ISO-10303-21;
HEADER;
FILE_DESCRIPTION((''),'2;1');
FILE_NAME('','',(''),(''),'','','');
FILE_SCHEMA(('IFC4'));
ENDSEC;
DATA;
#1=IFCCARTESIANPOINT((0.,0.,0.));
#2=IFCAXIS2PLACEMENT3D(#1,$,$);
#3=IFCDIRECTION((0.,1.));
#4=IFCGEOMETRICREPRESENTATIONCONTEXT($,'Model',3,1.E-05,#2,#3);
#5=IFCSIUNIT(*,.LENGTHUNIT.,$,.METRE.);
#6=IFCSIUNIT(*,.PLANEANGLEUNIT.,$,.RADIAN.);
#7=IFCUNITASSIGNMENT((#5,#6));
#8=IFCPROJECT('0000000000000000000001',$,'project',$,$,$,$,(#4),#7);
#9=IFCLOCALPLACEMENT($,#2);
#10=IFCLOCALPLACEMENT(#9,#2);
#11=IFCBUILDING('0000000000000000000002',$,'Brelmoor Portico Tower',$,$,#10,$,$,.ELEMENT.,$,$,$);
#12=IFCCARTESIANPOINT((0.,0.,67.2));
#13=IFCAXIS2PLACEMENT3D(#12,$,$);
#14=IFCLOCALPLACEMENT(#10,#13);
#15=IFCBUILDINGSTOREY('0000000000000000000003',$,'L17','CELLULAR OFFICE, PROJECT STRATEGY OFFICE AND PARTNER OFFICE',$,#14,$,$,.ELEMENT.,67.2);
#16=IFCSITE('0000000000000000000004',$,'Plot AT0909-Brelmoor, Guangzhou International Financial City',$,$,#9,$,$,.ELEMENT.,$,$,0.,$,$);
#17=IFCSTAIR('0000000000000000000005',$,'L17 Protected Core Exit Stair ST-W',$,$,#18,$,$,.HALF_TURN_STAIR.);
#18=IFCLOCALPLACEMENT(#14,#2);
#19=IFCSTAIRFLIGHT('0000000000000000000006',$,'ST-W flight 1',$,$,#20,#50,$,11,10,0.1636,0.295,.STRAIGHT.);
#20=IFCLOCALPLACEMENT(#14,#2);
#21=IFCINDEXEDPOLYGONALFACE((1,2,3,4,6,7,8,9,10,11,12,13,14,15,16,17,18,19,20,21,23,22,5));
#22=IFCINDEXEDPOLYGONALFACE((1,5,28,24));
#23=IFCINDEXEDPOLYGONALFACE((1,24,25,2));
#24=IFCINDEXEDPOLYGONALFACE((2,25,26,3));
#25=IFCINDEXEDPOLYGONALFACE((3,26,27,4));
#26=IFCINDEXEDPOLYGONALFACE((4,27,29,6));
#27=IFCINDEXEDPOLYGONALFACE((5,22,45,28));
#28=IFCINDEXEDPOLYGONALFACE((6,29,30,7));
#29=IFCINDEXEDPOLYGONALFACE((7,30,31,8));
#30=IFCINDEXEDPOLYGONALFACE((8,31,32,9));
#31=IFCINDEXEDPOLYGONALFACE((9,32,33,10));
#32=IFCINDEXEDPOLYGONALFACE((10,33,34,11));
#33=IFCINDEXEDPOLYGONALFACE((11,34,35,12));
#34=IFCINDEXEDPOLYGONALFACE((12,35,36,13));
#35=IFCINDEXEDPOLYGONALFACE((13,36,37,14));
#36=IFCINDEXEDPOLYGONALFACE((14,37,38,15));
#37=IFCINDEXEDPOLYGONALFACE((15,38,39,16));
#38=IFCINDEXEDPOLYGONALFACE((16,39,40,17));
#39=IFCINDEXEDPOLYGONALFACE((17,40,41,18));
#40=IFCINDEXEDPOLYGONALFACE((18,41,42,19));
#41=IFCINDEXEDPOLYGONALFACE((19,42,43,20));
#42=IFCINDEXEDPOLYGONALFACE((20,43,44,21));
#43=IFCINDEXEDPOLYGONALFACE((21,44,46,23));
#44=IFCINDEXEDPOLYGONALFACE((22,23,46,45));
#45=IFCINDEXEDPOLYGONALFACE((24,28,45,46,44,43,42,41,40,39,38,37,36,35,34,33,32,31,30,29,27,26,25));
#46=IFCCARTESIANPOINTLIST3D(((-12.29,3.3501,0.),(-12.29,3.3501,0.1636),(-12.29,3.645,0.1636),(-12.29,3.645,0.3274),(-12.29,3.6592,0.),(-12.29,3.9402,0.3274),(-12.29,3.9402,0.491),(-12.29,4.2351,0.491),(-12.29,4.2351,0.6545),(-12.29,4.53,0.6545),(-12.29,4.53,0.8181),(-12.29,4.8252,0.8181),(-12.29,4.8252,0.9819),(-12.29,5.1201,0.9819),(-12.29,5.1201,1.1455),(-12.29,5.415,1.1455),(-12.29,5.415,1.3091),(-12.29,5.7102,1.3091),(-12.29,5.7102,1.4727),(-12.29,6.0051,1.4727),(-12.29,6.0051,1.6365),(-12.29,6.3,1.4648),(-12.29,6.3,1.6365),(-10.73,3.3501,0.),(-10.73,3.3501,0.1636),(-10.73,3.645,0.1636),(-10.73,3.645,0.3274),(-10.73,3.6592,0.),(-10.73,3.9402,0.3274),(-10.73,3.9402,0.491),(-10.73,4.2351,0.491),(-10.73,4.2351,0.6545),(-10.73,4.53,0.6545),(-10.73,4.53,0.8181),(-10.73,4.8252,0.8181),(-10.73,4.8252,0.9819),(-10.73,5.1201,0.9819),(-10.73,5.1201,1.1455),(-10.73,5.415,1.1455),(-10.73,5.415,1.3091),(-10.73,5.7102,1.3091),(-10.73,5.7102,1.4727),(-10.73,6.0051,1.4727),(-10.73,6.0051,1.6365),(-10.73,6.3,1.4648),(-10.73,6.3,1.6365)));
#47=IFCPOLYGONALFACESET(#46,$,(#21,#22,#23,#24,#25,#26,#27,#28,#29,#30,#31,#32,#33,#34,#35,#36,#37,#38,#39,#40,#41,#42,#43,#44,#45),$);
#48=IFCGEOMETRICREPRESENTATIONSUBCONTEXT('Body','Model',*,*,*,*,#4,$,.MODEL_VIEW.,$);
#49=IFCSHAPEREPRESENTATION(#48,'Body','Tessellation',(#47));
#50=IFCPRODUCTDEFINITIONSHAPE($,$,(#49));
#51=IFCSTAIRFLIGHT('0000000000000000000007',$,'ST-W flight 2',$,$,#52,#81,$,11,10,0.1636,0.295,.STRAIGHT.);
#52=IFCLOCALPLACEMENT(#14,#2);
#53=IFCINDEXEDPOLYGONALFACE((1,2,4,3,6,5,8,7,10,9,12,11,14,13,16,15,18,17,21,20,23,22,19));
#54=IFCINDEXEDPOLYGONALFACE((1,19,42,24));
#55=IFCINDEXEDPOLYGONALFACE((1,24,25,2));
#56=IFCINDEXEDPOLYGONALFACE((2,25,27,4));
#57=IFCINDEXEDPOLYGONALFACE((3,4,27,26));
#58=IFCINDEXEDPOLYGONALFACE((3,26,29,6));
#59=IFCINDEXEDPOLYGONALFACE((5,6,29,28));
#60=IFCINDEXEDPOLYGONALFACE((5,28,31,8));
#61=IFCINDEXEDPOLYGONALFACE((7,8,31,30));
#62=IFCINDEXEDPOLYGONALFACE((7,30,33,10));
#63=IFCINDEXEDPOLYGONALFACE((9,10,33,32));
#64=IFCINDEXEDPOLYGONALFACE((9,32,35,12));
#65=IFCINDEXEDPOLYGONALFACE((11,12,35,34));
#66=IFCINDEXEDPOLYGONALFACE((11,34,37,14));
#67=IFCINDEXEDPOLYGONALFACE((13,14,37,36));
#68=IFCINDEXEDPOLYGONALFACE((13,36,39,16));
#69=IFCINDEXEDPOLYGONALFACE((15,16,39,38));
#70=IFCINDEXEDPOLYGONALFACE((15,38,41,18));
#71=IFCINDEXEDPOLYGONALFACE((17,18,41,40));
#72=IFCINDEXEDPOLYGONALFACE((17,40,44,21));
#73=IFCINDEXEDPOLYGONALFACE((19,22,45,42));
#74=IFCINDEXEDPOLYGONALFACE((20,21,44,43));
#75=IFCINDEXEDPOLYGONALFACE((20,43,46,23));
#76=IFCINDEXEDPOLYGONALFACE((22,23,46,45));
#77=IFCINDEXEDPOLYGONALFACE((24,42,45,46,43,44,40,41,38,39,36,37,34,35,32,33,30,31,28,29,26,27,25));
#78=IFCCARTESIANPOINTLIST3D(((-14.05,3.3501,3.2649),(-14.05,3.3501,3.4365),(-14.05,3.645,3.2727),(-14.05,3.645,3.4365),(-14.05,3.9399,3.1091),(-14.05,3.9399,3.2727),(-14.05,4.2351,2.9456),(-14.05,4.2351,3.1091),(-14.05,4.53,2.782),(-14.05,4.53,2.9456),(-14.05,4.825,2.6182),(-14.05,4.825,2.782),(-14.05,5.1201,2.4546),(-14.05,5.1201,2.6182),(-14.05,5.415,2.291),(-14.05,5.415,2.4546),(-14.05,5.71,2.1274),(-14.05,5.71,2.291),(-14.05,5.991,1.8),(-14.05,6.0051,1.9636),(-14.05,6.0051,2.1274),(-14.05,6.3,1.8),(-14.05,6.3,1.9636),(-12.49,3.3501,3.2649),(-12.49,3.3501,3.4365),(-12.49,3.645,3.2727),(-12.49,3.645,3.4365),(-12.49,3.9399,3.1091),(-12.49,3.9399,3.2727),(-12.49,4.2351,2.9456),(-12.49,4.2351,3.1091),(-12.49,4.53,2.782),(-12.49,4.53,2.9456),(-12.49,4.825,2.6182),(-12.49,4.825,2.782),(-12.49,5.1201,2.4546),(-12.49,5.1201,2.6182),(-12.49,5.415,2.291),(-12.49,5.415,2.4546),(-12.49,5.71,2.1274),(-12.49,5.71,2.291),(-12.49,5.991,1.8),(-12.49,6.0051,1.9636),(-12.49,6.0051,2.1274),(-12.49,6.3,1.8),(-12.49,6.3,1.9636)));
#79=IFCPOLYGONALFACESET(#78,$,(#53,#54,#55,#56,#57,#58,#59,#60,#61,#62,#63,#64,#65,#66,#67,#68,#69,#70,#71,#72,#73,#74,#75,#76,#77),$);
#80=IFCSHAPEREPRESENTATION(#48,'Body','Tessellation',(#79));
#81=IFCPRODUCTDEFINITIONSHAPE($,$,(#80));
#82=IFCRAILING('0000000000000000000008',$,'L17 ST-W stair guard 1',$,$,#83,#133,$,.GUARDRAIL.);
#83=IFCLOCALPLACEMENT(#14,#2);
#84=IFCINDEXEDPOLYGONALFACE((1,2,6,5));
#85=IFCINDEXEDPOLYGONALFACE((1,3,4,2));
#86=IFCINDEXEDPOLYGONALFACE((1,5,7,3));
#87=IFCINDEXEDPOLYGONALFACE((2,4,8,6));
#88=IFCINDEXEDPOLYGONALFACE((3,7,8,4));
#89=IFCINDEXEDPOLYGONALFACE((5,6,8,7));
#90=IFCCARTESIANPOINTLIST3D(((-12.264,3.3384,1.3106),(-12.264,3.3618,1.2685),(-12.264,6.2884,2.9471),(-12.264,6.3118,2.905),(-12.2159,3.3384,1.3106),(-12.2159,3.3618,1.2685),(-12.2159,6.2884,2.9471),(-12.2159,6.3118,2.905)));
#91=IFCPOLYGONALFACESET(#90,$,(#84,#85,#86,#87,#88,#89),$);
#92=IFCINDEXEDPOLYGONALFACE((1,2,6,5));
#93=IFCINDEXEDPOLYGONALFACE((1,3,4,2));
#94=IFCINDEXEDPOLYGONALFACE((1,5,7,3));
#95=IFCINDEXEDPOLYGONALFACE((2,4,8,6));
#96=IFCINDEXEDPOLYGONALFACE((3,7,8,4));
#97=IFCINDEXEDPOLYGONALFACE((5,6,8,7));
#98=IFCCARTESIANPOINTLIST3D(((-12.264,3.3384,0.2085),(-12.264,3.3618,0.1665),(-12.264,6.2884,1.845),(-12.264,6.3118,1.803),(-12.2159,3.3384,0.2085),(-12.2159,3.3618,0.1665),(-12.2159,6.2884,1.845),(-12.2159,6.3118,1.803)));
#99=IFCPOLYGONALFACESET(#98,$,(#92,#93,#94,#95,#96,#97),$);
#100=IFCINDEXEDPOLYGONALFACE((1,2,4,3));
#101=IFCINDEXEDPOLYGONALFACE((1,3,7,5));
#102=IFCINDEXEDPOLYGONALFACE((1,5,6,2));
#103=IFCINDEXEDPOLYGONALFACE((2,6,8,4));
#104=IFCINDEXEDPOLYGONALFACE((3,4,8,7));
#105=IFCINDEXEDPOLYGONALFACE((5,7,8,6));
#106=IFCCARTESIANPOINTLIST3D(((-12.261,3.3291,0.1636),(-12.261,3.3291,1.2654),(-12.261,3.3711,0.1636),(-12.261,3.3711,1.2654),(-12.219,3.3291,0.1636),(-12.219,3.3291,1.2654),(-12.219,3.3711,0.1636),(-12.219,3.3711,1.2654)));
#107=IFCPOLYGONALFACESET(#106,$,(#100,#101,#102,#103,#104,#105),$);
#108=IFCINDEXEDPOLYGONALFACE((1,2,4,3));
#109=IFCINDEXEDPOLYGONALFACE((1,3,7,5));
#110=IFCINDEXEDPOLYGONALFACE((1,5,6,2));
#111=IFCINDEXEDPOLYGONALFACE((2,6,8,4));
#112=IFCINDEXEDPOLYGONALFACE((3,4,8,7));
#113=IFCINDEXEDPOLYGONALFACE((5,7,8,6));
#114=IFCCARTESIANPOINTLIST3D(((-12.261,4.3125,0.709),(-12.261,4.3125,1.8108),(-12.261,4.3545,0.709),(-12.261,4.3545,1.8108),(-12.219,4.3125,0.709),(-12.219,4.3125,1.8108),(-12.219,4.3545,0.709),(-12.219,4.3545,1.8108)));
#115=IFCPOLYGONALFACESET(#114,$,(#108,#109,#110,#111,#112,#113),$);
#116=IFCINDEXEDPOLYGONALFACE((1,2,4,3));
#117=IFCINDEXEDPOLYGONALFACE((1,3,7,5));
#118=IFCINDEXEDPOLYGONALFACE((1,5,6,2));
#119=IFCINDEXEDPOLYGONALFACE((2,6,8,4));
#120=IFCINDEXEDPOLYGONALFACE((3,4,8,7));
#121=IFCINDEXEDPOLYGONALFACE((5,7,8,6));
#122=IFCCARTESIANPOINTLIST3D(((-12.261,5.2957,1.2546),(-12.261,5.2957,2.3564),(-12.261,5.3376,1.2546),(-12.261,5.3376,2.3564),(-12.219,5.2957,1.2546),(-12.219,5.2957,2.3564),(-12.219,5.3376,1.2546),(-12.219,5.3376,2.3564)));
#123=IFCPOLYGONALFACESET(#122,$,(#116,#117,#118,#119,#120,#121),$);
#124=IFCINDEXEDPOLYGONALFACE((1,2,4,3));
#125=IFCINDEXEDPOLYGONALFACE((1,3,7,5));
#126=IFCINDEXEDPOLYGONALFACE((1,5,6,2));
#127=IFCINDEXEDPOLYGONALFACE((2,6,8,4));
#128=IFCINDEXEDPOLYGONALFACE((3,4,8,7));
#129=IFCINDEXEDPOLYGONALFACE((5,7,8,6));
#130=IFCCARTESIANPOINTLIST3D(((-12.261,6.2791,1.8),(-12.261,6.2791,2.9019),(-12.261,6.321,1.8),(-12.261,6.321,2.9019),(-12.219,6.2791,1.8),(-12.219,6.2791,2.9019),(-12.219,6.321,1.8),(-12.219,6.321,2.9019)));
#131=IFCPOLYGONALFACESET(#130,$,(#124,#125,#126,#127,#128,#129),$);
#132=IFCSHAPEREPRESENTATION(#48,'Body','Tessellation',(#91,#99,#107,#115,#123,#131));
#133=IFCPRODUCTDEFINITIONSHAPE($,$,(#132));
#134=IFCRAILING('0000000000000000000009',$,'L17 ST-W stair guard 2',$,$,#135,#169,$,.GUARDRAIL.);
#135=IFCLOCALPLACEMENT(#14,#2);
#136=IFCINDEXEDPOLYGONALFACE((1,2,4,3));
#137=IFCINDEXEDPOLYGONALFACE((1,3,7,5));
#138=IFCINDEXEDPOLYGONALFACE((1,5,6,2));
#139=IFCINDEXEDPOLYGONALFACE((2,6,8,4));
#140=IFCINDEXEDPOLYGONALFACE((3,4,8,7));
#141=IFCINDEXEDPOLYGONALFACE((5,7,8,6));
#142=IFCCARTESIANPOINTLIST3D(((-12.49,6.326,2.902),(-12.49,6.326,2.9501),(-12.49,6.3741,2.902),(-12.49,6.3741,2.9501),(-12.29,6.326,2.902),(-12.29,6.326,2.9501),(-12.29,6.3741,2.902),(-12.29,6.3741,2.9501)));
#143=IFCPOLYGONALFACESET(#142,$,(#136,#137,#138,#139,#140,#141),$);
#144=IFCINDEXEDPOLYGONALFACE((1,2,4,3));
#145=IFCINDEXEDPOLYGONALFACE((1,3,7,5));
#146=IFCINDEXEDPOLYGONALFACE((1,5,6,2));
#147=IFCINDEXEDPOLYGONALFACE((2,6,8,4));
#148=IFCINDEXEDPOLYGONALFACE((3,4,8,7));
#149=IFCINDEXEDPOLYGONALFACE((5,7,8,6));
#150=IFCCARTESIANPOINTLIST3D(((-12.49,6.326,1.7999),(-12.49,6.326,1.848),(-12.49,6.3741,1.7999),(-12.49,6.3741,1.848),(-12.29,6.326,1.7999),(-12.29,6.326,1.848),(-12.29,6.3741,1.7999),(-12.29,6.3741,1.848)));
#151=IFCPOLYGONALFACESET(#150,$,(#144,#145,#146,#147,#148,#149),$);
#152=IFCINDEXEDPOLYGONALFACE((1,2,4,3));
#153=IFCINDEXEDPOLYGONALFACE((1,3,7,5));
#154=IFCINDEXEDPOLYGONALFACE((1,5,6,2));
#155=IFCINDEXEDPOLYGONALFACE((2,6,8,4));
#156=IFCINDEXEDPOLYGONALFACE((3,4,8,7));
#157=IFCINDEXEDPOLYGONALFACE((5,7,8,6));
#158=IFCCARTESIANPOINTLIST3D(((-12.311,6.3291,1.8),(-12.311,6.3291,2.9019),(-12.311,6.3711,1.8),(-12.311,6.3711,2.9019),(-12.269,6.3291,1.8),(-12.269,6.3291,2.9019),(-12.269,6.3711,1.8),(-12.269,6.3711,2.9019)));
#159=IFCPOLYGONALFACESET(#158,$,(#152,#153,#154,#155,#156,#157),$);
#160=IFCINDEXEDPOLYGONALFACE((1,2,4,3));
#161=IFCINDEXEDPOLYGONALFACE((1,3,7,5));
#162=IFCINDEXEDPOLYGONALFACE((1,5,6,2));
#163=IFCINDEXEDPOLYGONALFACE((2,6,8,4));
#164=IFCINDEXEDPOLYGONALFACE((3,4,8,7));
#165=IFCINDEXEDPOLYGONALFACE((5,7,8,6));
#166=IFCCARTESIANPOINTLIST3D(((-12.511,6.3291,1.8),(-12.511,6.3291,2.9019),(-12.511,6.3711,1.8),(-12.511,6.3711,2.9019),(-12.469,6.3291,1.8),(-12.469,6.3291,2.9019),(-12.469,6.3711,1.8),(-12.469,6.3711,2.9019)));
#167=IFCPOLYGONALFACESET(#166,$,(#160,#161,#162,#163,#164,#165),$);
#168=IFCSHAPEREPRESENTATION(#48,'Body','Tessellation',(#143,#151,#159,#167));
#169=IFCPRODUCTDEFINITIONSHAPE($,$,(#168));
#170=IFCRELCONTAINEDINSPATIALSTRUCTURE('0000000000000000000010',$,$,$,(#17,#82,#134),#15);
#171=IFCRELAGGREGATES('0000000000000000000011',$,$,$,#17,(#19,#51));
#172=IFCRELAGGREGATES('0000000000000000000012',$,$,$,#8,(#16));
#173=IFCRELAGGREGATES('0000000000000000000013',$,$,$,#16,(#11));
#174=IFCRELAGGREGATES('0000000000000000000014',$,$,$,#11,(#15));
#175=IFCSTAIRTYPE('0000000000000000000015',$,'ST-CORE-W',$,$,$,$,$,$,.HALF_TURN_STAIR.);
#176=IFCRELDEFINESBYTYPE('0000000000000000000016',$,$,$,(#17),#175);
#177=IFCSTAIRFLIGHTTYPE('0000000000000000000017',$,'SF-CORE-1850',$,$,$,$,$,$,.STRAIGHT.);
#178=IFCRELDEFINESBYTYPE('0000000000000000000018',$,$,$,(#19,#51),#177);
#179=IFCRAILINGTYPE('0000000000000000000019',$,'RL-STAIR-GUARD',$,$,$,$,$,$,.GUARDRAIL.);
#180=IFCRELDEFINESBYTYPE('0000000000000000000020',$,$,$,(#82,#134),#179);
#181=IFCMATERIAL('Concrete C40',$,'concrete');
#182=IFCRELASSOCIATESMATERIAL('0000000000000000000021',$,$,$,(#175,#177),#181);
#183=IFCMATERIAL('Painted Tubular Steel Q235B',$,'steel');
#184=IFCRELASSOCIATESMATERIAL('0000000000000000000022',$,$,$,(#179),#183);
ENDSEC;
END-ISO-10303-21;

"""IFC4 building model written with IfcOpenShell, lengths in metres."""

from ifc_helpers import new_model, si_unit, direction, frame, origin, origin_2d, place, context, subcontext, project, spatial, polyline, rectangle, outline, extrude, material, type_object, element, aggregate, save


model = new_model("IFC4")

# Units and contexts
model_context = context("Model", 3, precision=1e-05, world=origin(), true_north=direction((0.0, 1.0)))
body_context = subcontext(model_context, "Body", "Model", "MODEL_VIEW")
ifc_project = project(units=[si_unit("LENGTHUNIT", "METRE"), si_unit("PLANEANGLEUNIT", "RADIAN")], contexts=[model_context])

# Site, building, storey
site_placement = place(None, origin())
site = spatial("IfcSite", under=ifc_project, at=site_placement, Name="Plot AT0909-Brelmoor, Guangzhou International Financial City", CompositionType="ELEMENT", RefElevation=0.0)
building_placement = place(site_placement, origin())
building = spatial("IfcBuilding", under=site, at=building_placement, Name="Brelmoor Portico Tower", CompositionType="ELEMENT")
storey_placement = place(building_placement, frame((0.0, 0.0, 67.2)))
storey = spatial("IfcBuildingStorey", under=building, at=storey_placement, Name="L17", Description="CELLULAR OFFICE, PROJECT STRATEGY OFFICE AND PARTNER OFFICE", CompositionType="ELEMENT", Elevation=67.2)

# Shared definitions
ifc_material_1 = material(Name="Concrete C40", Category="concrete")

# Stair, stair flights
stair_type = type_object("IfcStairType", Name="ST-CORE-W", PredefinedType="HALF_TURN_STAIR", material=ifc_material_1)
stair_placement = place(storey_placement, origin())
stair = element("IfcStair", 1, at=stair_placement, inside=storey, type_object=stair_type, Name="L17 Protected Core Exit Stair ST-W", PredefinedType="HALF_TURN_STAIR")
stair_flight_type = type_object("IfcStairFlightType", Name="SF-CORE-1850", PredefinedType="STRAIGHT", material=ifc_material_1)
stair_flight_1_placement = place(storey_placement, frame((-11.51, 3.3501, 0.0), z_axis=(0.0, 0.0, 1.0), x_axis=(0.0, 1.0, 0.0)))
stair_flight_1 = element("IfcStairFlight", 2, at=stair_flight_1_placement, type_object=stair_flight_type, Name="ST-W flight 1", NumberOfRisers=11, NumberOfTreads=10, PredefinedType="STRAIGHT", RiserHeight=0.1636, TreadLength=0.295, context=body_context, shape_type="SweptSolid", body=[
    extrude(outline(polyline([(0.0, 0.0), (0.0, 0.1636), (0.2949, 0.1636), (0.2949, 0.3274), (0.5901, 0.3274), (0.5901, 0.491), (0.885, 0.491), (0.885, 0.6545), (1.1799, 0.6545), (1.1799, 0.8181), (1.4751, 0.8181), (1.4751, 0.9819), (1.77, 0.9819), (1.77, 1.1455), (2.0649, 1.1455), (2.0649, 1.3091), (2.3601, 1.3091), (2.3601, 1.4727), (2.655, 1.4727), (2.655, 1.6365), (2.95, 1.6365), (2.95, 1.8), (2.95, 1.4648), (0.3091, 0.0), (0.0, 0.0)])), frame((0.0, 0.78, 0.0), z_axis=(0.0, -1.0, 0.0), x_axis=(1.0, 0.0, 0.0)), (0.0, 0.0, 1.0), 1.5601),
])
stair_flight_2_placement = place(storey_placement, frame((-13.27, 6.3, 1.8), z_axis=(0.0, 0.0, 1.0), x_axis=(0.0, -1.0, 0.0)))
stair_flight_2 = element("IfcStairFlight", 3, at=stair_flight_2_placement, type_object=stair_flight_type, Name="ST-W flight 2", NumberOfRisers=11, NumberOfTreads=10, PredefinedType="STRAIGHT", RiserHeight=0.1636, TreadLength=0.295, context=body_context, shape_type="SweptSolid", body=[
    extrude(outline(polyline([(0.0, 0.0), (0.0, 0.1636), (0.2949, 0.1636), (0.2949, 0.3274), (0.5901, 0.3274), (0.5901, 0.491), (0.885, 0.491), (0.885, 0.6545), (1.1799, 0.6545), (1.1799, 0.8181), (1.4751, 0.8181), (1.4751, 0.9819), (1.77, 0.9819), (1.77, 1.1455), (2.0649, 1.1455), (2.0649, 1.3091), (2.3601, 1.3091), (2.3601, 1.4727), (2.655, 1.4727), (2.655, 1.6365), (2.95, 1.6365), (2.95, 1.8), (2.95, 1.4648), (0.3091, 0.0), (0.0, 0.0)])), frame((0.0, 0.78, 0.0), z_axis=(0.0, -1.0, 0.0), x_axis=(1.0, 0.0, 0.0)), (0.0, 0.0, 1.0), 1.5601),
])
aggregate(stair, [stair_flight_1, stair_flight_2])

# Railings
ifc_material_2 = material(Name="Painted Tubular Steel Q235B", Category="steel")
railing_type_1 = type_object("IfcRailingType", Name="RL-STAIR-GUARD", PredefinedType="GUARDRAIL", material=ifc_material_2)
railing_1_placement = place(storey_placement, frame((-12.24, 3.3501, 0.1636)))
element("IfcRailing", 4, at=railing_1_placement, inside=storey, type_object=railing_type_1, Name="L17 ST-W stair guard 1", PredefinedType="GUARDRAIL", context=body_context, shape_type="SweptSolid", body=[
    extrude(rectangle(XDim=0.0481, YDim=0.0481, at=origin_2d()), frame((0.0, 0.0, 1.126), z_axis=(0.0, 0.874458, 0.485102), x_axis=(-1.0, 0.0, 0.0)), (0.0, 0.0, 1.0), 3.3735),
    extrude(rectangle(XDim=0.0481, YDim=0.0481, at=origin_2d()), frame((0.0, 0.0, 0.0239), z_axis=(0.0, 0.874458, 0.485102), x_axis=(-1.0, 0.0, 0.0)), (0.0, 0.0, 1.0), 3.3735),
    extrude(rectangle(XDim=0.042, YDim=0.042, at=origin_2d()), origin(), (0.0, 0.0, 1.0), 1.1018),
    extrude(rectangle(XDim=0.042, YDim=0.042, at=origin_2d()), frame((0.0, 0.9834, 0.5454)), (0.0, 0.0, 1.0), 1.1018),
    extrude(rectangle(XDim=0.042, YDim=0.042, at=origin_2d()), frame((0.0, 1.9666, 1.0911)), (0.0, 0.0, 1.0), 1.1018),
    extrude(rectangle(XDim=0.042, YDim=0.042, at=origin_2d()), frame((0.0, 2.95, 1.6365)), (0.0, 0.0, 1.0), 1.1018),
])
railing_2_placement = place(storey_placement, frame((-12.29, 6.3501, 1.8)))
element("IfcRailing", 5, at=railing_2_placement, inside=storey, type_object=railing_type_1, Name="L17 ST-W stair guard 2", PredefinedType="GUARDRAIL", context=body_context, shape_type="SweptSolid", body=[
    extrude(rectangle(XDim=0.0481, YDim=0.0481, at=origin_2d()), frame((0.0, 0.0, 1.126), z_axis=(-1.0, 0.0, 0.0), x_axis=(0.0, -1.0, 0.0)), (0.0, 0.0, 1.0), 0.2),
    extrude(rectangle(XDim=0.0481, YDim=0.0481, at=origin_2d()), frame((0.0, 0.0, 0.0239), z_axis=(-1.0, 0.0, 0.0), x_axis=(0.0, -1.0, 0.0)), (0.0, 0.0, 1.0), 0.2),
    extrude(rectangle(XDim=0.042, YDim=0.042, at=origin_2d()), origin(), (0.0, 0.0, 1.0), 1.1018),
    extrude(rectangle(XDim=0.042, YDim=0.042, at=origin_2d()), frame((-0.2, 0.0, 0.0)), (0.0, 0.0, 1.0), 1.1018),
])

save(model, "model.ifc")
